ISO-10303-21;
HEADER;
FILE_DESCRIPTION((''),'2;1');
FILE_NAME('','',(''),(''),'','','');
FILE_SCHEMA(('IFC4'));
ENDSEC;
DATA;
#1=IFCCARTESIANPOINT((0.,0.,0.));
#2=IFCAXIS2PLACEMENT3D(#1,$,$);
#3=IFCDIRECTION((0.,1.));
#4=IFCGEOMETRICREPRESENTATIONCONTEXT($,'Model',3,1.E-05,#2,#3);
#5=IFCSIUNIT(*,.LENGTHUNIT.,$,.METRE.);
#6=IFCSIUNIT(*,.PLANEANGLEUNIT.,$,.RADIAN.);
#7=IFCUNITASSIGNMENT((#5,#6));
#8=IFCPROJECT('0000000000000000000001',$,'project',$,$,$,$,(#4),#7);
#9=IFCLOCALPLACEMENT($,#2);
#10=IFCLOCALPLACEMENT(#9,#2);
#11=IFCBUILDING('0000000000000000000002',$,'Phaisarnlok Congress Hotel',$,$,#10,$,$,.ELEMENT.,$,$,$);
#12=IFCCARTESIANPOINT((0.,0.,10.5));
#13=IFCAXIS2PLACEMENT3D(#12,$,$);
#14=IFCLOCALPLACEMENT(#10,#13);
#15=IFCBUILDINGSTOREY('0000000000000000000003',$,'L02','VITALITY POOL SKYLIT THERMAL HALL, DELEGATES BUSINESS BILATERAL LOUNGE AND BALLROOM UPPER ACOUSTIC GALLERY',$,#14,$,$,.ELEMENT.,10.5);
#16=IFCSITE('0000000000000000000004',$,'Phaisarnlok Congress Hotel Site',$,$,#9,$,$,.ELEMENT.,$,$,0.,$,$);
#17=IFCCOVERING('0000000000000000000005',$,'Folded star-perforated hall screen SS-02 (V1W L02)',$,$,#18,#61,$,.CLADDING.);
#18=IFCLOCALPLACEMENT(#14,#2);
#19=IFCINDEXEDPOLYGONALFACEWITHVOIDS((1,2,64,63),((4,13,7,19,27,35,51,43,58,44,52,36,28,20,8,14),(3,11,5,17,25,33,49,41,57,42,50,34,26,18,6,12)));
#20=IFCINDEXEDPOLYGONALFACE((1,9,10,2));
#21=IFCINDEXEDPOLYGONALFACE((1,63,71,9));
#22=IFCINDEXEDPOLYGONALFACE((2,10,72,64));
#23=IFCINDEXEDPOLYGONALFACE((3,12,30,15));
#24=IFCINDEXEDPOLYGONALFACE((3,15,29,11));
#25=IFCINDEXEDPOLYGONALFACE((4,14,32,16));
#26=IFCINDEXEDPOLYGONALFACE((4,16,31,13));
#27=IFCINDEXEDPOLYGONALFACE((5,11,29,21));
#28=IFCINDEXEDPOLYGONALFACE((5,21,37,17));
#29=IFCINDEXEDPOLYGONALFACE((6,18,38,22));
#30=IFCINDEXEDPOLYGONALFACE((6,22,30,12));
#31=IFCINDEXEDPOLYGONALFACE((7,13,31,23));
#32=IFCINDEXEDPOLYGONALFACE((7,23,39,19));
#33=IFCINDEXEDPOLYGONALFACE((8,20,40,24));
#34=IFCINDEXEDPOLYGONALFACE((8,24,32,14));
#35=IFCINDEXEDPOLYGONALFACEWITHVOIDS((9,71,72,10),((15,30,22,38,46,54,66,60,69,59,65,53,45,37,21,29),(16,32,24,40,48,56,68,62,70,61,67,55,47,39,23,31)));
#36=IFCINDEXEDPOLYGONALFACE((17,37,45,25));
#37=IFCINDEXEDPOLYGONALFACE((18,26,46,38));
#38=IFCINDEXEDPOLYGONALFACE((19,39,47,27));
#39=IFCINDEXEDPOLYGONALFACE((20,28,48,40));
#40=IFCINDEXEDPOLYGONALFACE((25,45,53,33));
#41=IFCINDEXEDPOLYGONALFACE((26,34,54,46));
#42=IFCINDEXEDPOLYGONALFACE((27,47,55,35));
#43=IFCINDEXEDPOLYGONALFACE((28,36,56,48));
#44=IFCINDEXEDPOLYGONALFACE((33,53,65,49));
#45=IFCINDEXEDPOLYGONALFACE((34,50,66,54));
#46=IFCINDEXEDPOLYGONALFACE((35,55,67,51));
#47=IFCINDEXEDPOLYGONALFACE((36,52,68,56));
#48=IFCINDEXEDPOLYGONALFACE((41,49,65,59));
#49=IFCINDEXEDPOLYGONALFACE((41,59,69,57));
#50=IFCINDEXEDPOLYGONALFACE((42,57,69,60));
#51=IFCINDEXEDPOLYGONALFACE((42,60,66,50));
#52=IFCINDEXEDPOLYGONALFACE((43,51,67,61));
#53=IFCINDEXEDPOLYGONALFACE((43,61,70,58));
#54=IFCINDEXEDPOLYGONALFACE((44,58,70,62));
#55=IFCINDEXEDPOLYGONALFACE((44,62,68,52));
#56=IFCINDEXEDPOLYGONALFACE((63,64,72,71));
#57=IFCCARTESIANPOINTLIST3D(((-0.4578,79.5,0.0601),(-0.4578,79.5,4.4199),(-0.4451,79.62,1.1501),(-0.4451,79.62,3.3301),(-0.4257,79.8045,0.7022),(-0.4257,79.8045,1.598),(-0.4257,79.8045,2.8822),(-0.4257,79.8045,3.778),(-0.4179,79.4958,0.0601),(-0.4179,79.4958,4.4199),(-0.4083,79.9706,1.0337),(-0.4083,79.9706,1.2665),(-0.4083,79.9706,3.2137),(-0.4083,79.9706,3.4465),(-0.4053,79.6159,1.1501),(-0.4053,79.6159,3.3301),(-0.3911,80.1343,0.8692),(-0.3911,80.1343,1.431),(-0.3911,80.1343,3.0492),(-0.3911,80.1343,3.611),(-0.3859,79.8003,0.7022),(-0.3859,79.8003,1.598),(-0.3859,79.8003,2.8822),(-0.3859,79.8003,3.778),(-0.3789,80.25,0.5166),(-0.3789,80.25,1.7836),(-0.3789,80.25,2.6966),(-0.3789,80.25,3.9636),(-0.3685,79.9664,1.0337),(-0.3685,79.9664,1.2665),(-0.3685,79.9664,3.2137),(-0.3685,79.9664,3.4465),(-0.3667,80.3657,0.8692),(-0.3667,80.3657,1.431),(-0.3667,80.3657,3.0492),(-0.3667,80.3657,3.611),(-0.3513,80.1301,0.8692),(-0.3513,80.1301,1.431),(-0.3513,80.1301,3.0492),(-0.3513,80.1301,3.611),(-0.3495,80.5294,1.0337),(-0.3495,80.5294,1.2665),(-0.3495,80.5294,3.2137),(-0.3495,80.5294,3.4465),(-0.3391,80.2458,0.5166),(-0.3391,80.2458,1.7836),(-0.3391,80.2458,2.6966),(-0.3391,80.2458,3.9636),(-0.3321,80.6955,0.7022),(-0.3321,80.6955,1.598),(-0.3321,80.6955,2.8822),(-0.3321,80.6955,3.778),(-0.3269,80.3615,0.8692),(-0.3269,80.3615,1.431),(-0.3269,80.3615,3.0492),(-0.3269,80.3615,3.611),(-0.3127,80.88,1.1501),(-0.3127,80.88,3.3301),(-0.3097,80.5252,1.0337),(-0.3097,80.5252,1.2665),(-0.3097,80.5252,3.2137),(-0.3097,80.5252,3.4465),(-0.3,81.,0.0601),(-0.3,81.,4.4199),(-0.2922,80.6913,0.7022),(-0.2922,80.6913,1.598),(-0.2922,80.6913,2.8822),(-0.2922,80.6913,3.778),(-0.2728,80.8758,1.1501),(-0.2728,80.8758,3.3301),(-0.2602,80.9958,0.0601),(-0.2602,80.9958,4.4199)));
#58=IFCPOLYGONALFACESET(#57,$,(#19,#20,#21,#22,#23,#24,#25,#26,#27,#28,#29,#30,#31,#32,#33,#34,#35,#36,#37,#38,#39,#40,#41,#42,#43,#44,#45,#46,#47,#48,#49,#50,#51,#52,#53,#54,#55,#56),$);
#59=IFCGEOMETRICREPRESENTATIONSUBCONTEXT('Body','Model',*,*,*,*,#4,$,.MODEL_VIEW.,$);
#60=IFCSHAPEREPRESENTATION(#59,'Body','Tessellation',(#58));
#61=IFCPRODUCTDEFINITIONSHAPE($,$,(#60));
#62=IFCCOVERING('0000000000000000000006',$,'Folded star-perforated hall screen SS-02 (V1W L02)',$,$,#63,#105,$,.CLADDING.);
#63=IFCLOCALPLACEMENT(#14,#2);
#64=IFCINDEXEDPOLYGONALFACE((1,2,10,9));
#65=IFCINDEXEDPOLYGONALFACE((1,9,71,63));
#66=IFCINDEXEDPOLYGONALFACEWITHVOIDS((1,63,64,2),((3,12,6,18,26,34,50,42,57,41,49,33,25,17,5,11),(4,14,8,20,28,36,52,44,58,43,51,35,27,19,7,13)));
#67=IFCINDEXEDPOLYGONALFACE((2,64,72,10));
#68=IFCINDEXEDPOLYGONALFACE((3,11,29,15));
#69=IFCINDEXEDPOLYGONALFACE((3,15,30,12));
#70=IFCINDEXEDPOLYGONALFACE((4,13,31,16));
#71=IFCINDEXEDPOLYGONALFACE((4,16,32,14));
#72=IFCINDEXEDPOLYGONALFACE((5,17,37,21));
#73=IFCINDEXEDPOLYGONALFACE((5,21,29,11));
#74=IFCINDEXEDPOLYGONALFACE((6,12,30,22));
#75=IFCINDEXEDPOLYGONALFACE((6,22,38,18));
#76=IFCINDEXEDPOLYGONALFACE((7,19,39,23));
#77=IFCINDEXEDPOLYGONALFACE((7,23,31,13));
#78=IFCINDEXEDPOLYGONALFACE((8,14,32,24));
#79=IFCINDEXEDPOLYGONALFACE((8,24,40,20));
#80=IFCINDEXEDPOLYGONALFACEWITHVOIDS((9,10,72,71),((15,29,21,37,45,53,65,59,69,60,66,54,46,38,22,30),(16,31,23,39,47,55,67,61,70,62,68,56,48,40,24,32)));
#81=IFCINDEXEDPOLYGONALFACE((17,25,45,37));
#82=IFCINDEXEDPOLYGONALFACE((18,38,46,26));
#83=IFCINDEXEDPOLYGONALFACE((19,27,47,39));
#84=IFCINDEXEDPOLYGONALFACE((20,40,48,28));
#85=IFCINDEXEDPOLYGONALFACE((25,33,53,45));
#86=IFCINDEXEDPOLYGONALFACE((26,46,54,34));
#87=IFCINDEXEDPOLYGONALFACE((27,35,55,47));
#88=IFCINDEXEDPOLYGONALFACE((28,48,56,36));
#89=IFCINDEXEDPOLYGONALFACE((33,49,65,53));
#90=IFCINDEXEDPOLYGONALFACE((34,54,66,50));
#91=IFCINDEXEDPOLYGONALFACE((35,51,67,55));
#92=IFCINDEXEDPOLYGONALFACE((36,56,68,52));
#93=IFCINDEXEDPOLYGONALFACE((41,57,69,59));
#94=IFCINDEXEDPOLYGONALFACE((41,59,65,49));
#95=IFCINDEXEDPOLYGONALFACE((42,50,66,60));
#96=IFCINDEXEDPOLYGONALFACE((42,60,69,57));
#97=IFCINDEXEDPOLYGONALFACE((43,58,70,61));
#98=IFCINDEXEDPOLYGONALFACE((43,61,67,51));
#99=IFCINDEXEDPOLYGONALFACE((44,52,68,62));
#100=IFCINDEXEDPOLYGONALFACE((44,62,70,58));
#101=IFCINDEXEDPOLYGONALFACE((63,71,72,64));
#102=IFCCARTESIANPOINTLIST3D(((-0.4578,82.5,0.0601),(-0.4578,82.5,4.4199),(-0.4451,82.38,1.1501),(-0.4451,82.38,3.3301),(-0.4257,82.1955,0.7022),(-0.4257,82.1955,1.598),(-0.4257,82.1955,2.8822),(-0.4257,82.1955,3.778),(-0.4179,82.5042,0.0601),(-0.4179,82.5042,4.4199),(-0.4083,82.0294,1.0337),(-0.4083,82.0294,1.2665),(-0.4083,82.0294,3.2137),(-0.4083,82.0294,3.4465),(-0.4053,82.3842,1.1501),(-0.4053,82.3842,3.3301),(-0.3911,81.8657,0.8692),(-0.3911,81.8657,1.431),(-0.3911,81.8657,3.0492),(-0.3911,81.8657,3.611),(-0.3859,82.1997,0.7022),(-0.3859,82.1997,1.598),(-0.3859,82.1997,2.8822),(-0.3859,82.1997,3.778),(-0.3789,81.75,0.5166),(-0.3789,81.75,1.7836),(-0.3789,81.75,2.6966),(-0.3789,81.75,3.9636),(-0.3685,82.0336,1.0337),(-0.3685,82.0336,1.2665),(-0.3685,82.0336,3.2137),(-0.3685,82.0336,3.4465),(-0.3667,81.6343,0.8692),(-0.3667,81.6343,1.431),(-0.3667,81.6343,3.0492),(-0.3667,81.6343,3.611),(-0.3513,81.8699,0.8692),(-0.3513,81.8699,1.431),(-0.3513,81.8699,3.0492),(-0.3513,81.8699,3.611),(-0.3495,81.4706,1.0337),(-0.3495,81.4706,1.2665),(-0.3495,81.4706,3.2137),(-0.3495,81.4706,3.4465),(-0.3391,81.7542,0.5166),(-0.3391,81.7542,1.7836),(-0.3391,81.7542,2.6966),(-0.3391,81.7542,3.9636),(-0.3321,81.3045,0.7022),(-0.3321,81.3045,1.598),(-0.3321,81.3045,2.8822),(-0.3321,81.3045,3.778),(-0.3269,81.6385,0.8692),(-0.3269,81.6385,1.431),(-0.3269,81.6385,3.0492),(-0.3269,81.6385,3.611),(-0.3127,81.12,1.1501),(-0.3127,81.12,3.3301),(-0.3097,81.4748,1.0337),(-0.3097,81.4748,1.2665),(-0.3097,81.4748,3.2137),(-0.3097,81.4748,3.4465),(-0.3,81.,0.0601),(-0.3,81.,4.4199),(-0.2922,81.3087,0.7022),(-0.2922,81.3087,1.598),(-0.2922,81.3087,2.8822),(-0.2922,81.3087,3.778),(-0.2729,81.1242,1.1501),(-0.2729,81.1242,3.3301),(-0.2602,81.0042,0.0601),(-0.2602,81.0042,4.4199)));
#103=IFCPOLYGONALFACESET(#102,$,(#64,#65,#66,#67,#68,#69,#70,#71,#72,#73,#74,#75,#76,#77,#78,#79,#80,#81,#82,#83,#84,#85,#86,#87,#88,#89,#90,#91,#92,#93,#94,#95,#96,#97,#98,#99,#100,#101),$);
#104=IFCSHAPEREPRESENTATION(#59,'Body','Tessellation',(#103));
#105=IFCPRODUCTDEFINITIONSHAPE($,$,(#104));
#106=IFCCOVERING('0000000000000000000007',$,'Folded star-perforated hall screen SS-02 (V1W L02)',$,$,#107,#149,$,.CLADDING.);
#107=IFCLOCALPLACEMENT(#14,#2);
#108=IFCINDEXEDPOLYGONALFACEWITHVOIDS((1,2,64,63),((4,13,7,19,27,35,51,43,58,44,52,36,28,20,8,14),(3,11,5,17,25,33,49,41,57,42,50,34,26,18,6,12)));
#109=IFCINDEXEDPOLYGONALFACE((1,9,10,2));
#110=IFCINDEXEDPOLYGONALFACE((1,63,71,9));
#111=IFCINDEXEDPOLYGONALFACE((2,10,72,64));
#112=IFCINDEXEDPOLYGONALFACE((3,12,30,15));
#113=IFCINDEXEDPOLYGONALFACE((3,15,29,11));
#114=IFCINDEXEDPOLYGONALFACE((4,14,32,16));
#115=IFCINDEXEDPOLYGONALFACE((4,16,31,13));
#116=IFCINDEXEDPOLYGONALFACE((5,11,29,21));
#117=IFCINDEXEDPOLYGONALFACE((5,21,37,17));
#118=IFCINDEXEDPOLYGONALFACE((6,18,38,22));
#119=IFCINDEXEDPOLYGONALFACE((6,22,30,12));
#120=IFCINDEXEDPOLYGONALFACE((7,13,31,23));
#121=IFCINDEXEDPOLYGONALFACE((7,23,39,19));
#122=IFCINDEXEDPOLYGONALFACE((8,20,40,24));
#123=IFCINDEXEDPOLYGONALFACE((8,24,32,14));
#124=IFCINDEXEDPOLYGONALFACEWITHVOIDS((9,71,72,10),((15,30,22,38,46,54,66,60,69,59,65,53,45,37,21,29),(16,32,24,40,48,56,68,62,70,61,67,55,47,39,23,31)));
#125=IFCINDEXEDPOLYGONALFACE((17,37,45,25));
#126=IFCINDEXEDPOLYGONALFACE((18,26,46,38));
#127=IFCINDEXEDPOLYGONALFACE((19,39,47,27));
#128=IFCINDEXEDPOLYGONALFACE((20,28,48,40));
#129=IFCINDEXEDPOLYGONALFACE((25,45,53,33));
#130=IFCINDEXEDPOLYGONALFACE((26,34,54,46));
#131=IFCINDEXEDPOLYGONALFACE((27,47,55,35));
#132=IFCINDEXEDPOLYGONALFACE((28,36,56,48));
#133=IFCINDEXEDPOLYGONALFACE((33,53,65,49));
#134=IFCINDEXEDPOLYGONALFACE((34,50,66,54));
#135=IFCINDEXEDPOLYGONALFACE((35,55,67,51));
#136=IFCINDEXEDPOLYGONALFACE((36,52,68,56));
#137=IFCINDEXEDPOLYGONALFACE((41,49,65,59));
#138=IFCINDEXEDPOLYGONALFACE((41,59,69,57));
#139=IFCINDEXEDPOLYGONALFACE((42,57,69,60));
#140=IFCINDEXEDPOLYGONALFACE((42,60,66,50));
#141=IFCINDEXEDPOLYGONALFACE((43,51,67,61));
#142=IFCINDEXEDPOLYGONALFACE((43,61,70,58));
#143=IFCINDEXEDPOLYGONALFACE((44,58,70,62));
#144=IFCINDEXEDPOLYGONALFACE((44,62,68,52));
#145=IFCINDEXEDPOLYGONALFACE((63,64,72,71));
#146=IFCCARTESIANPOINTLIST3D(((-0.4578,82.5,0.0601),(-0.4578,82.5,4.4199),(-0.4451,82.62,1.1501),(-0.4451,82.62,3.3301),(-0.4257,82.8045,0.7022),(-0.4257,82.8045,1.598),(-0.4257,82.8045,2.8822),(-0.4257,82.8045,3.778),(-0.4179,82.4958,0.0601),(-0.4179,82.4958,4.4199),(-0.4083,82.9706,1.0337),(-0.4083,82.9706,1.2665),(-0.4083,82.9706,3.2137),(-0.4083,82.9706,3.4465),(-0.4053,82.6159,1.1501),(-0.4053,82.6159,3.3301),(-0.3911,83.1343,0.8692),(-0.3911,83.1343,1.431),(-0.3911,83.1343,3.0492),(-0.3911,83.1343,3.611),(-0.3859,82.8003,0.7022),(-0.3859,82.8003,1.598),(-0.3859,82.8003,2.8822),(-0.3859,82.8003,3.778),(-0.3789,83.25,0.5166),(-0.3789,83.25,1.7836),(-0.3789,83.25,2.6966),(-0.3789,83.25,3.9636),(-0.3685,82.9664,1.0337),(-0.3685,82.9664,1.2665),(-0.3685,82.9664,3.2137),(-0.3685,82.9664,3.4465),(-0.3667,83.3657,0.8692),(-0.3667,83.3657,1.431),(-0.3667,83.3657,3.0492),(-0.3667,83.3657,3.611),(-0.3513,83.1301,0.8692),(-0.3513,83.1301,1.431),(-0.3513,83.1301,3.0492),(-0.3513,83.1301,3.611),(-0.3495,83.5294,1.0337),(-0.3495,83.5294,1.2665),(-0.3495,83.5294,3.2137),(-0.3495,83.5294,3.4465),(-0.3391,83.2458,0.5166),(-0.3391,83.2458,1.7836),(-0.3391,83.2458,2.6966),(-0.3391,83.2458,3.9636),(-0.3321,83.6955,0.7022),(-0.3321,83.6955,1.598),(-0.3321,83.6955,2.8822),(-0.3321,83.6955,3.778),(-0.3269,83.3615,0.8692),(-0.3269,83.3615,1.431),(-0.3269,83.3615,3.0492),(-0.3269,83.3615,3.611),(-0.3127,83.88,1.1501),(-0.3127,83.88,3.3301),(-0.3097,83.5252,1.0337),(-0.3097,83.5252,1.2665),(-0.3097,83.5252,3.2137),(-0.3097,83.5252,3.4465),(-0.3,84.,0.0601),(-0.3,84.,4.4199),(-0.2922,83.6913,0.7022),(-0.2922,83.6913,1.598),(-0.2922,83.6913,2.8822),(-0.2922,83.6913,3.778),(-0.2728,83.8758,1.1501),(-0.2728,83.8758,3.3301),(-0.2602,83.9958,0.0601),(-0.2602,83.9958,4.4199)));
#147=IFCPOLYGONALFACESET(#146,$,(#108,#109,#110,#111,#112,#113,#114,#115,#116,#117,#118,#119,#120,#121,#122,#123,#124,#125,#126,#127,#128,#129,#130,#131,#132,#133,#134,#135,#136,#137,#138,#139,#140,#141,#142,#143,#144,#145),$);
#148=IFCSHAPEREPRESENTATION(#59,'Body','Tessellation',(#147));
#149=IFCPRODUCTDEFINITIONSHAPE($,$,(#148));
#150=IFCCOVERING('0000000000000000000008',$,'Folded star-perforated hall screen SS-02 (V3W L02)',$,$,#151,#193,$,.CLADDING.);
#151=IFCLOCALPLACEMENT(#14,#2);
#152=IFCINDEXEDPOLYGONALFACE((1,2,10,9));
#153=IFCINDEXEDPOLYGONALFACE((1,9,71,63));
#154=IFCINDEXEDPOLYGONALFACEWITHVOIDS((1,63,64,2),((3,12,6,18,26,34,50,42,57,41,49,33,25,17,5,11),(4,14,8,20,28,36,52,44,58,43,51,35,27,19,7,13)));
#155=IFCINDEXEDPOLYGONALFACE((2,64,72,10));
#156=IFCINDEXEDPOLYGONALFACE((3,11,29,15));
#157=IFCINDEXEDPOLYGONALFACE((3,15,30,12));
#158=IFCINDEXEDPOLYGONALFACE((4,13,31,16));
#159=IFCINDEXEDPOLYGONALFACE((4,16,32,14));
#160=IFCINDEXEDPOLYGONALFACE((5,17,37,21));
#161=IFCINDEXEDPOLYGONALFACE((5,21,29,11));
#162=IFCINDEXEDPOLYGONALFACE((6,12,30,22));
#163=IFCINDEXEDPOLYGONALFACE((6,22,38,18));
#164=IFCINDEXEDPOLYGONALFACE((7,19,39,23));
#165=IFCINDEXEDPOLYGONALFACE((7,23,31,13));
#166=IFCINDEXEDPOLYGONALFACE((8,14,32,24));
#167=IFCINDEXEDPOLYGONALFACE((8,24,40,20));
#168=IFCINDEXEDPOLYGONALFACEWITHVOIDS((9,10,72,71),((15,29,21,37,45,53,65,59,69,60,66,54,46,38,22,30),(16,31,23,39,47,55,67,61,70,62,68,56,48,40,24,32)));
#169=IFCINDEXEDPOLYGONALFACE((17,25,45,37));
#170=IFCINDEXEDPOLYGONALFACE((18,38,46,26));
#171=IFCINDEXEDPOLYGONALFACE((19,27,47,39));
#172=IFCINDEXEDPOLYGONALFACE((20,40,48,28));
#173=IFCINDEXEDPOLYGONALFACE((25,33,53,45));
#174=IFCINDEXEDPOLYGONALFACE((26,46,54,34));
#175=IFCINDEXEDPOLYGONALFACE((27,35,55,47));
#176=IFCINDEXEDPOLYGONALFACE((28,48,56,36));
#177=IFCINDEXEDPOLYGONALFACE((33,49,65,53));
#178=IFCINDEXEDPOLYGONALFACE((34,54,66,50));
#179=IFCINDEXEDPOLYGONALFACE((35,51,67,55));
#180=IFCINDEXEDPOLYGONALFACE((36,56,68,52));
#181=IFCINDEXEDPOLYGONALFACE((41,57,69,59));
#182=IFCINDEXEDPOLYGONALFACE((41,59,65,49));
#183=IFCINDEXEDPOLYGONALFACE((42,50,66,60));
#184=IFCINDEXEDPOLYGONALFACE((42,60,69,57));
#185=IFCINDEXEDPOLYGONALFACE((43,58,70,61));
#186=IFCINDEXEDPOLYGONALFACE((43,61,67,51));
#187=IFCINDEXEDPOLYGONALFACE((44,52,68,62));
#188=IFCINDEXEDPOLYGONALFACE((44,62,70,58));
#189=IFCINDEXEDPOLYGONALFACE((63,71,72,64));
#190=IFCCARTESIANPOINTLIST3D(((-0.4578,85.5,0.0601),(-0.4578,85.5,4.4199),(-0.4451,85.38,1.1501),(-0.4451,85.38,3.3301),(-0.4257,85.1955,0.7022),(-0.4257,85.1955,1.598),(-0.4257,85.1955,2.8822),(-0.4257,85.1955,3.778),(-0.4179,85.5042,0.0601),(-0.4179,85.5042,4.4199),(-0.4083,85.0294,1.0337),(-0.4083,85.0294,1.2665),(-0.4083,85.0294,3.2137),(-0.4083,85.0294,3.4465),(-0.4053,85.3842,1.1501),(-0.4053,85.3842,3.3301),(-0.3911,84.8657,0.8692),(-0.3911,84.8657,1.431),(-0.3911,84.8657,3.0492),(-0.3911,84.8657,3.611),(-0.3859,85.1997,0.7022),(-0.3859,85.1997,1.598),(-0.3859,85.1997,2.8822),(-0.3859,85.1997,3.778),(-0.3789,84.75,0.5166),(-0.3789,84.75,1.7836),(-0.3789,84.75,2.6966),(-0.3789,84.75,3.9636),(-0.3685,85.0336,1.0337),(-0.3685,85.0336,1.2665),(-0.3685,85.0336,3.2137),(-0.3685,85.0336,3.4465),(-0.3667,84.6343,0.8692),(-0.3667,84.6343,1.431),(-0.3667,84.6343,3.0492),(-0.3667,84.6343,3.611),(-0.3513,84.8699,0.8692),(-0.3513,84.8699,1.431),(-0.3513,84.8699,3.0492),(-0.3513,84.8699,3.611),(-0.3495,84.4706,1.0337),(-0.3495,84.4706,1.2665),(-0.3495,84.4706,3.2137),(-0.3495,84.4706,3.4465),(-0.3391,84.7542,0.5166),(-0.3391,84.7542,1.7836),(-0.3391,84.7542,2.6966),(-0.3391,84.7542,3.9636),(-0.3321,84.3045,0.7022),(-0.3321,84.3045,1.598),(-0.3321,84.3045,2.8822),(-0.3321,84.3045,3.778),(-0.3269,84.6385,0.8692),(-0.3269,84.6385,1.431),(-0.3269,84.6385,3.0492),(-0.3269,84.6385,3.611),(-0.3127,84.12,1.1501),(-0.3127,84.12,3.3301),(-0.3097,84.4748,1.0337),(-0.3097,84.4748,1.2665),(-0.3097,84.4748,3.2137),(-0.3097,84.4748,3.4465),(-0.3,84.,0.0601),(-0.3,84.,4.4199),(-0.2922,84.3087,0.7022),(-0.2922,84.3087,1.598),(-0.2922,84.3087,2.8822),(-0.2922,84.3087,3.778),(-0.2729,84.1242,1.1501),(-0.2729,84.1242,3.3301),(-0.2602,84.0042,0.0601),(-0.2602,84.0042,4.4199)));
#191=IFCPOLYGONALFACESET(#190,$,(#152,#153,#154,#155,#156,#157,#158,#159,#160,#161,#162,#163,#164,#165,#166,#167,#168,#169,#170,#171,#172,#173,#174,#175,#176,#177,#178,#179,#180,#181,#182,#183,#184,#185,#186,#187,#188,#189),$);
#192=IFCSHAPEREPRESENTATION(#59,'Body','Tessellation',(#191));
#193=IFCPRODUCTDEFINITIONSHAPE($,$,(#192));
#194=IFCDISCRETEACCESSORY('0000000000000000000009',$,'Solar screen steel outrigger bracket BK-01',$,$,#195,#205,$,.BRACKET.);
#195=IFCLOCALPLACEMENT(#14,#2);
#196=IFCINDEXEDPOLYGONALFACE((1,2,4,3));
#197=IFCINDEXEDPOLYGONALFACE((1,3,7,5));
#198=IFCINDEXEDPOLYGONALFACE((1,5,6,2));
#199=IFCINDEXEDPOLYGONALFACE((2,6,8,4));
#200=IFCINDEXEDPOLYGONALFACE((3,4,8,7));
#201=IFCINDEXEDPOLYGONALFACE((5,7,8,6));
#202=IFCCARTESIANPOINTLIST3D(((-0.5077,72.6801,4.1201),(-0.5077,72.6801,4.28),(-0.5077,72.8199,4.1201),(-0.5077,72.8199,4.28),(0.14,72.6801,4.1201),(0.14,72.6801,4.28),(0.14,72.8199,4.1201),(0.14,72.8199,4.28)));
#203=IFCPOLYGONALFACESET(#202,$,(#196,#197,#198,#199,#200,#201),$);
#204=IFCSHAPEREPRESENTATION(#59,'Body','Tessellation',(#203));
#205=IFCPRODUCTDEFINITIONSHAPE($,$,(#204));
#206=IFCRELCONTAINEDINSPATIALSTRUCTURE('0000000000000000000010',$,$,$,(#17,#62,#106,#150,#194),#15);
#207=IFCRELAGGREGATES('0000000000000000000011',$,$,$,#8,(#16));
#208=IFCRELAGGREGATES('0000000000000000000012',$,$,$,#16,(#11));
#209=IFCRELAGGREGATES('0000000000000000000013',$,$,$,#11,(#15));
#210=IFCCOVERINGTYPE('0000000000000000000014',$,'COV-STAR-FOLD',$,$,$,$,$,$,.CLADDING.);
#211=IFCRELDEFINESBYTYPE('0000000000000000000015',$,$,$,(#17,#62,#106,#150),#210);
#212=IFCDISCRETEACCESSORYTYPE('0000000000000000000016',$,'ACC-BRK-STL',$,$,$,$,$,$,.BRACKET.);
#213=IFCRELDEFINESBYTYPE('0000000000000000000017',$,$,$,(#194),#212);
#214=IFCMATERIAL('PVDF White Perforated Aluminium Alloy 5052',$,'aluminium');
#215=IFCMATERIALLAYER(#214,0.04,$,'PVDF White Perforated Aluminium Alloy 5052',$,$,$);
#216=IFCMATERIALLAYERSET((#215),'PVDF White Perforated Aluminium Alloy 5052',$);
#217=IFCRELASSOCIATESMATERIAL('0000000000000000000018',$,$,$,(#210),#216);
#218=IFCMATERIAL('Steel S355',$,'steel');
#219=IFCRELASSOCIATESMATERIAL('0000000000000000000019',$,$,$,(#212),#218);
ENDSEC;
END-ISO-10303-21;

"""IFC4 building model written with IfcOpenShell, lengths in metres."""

from ifc_helpers import new_model, si_unit, direction, frame, origin, origin_2d, place, context, subcontext, project, spatial, polyline, rectangle, outline, extrude, material, layer, layer_set, type_object, element, save


model = new_model("IFC4")

# Units and contexts
model_context = context("Model", 3, precision=1e-05, world=origin(), true_north=direction((0.0, 1.0)))
body_context = subcontext(model_context, "Body", "Model", "MODEL_VIEW")
ifc_project = project(units=[si_unit("LENGTHUNIT", "METRE"), si_unit("PLANEANGLEUNIT", "RADIAN")], contexts=[model_context])

# Site, building, storey
site_placement = place(None, origin())
site = spatial("IfcSite", under=ifc_project, at=site_placement, Name="Phaisarnlok Congress Hotel Site", CompositionType="ELEMENT", RefElevation=0.0)
building_placement = place(site_placement, origin())
building = spatial("IfcBuilding", under=site, at=building_placement, Name="Phaisarnlok Congress Hotel", CompositionType="ELEMENT")
storey_placement = place(building_placement, frame((0.0, 0.0, 10.5)))
storey = spatial("IfcBuildingStorey", under=building, at=storey_placement, Name="L02", Description="VITALITY POOL SKYLIT THERMAL HALL, DELEGATES BUSINESS BILATERAL LOUNGE AND BALLROOM UPPER ACOUSTIC GALLERY", CompositionType="ELEMENT", Elevation=10.5)

# Coverings
ifc_material_1 = material(Name="PVDF White Perforated Aluminium Alloy 5052", Category="aluminium")
ifc_layer = layer(ifc_material_1, 0.04, Name="PVDF White Perforated Aluminium Alloy 5052")
ifc_layer_set = layer_set([ifc_layer], Name="PVDF White Perforated Aluminium Alloy 5052")
covering_type = type_object("IfcCoveringType", Name="COV-STAR-FOLD", PredefinedType="CLADDING", material=ifc_layer_set)
for number, where, z_axis, x_axis, name in (
    (1, (-0.4578, 79.5, 0.0601), (0.994518, -0.104567, 0.0), (0.104567, 0.994518, 0.0), "Folded star-perforated hall screen SS-02 (V1W L02)"),
    (2, (-0.3, 81.0, 0.0601), (0.994518, 0.104567, 0.0), (-0.104567, 0.994518, 0.0), "Folded star-perforated hall screen SS-02 (V1W L02)"),
    (3, (-0.4578, 82.5, 0.0601), (0.994518, -0.104567, 0.0), (0.104567, 0.994518, 0.0), "Folded star-perforated hall screen SS-02 (V1W L02)"),
    (4, (-0.3, 84.0, 0.0601), (0.994518, 0.104567, 0.0), (-0.104567, 0.994518, 0.0), "Folded star-perforated hall screen SS-02 (V3W L02)"),
):
    element("IfcCovering", number, at=place(storey_placement, frame(where, z_axis=z_axis, x_axis=x_axis)), inside=storey, type_object=covering_type, Name=name, PredefinedType="CLADDING", context=body_context, shape_type="SweptSolid", body=[
        extrude(outline(polyline([(0.0, 0.0), (1.5083, 0.0), (1.5083, 4.3599), (0.0, 4.3599), (0.0, 0.0)]), holes=[polyline([(1.0351, 0.9736), (1.2021, 0.6421), (0.8705, 0.8091), (0.7541, 0.4565), (0.6378, 0.8091), (0.3062, 0.6421), (0.4732, 0.9736), (0.1207, 1.09), (0.4732, 1.2064), (0.3062, 1.5379), (0.6378, 1.3709), (0.7541, 1.7235), (0.8705, 1.3709), (1.2021, 1.5379), (1.0351, 1.2064), (1.3876, 1.09), (1.0351, 0.9736)]), polyline([(1.0351, 3.1536), (1.2021, 2.8221), (0.8705, 2.9891), (0.7541, 2.6365), (0.6378, 2.9891), (0.3062, 2.8221), (0.4732, 3.1536), (0.1207, 3.27), (0.4732, 3.3864), (0.3062, 3.7179), (0.6378, 3.5509), (0.7541, 3.9035), (0.8705, 3.5509), (1.2021, 3.7179), (1.0351, 3.3864), (1.3876, 3.27), (1.0351, 3.1536)])]), origin(), (0.0, 0.0, 1.0), 0.04),
    ])

# Discrete accessory
ifc_material_2 = material(Name="Steel S355", Category="steel")
discrete_accessory_type = type_object("IfcDiscreteAccessoryType", Name="ACC-BRK-STL", PredefinedType="BRACKET", material=ifc_material_2)
for number, where, z_axis, x_axis, name in (
    (5, (-0.1838, 72.75, 4.1201), (0.0, 0.0, 1.0), (1.0, 0.0, 0.0), "Solar screen steel outrigger bracket BK-01"),
):
    element("IfcDiscreteAccessory", number, at=place(storey_placement, frame(where, z_axis=z_axis, x_axis=x_axis)), inside=storey, type_object=discrete_accessory_type, Name=name, PredefinedType="BRACKET", context=body_context, shape_type="SweptSolid", body=[
        extrude(rectangle(XDim=0.6477, YDim=0.1399, at=origin_2d()), origin(), (0.0, 0.0, 1.0), 0.1599),
    ])

save(model, "model.ifc")
